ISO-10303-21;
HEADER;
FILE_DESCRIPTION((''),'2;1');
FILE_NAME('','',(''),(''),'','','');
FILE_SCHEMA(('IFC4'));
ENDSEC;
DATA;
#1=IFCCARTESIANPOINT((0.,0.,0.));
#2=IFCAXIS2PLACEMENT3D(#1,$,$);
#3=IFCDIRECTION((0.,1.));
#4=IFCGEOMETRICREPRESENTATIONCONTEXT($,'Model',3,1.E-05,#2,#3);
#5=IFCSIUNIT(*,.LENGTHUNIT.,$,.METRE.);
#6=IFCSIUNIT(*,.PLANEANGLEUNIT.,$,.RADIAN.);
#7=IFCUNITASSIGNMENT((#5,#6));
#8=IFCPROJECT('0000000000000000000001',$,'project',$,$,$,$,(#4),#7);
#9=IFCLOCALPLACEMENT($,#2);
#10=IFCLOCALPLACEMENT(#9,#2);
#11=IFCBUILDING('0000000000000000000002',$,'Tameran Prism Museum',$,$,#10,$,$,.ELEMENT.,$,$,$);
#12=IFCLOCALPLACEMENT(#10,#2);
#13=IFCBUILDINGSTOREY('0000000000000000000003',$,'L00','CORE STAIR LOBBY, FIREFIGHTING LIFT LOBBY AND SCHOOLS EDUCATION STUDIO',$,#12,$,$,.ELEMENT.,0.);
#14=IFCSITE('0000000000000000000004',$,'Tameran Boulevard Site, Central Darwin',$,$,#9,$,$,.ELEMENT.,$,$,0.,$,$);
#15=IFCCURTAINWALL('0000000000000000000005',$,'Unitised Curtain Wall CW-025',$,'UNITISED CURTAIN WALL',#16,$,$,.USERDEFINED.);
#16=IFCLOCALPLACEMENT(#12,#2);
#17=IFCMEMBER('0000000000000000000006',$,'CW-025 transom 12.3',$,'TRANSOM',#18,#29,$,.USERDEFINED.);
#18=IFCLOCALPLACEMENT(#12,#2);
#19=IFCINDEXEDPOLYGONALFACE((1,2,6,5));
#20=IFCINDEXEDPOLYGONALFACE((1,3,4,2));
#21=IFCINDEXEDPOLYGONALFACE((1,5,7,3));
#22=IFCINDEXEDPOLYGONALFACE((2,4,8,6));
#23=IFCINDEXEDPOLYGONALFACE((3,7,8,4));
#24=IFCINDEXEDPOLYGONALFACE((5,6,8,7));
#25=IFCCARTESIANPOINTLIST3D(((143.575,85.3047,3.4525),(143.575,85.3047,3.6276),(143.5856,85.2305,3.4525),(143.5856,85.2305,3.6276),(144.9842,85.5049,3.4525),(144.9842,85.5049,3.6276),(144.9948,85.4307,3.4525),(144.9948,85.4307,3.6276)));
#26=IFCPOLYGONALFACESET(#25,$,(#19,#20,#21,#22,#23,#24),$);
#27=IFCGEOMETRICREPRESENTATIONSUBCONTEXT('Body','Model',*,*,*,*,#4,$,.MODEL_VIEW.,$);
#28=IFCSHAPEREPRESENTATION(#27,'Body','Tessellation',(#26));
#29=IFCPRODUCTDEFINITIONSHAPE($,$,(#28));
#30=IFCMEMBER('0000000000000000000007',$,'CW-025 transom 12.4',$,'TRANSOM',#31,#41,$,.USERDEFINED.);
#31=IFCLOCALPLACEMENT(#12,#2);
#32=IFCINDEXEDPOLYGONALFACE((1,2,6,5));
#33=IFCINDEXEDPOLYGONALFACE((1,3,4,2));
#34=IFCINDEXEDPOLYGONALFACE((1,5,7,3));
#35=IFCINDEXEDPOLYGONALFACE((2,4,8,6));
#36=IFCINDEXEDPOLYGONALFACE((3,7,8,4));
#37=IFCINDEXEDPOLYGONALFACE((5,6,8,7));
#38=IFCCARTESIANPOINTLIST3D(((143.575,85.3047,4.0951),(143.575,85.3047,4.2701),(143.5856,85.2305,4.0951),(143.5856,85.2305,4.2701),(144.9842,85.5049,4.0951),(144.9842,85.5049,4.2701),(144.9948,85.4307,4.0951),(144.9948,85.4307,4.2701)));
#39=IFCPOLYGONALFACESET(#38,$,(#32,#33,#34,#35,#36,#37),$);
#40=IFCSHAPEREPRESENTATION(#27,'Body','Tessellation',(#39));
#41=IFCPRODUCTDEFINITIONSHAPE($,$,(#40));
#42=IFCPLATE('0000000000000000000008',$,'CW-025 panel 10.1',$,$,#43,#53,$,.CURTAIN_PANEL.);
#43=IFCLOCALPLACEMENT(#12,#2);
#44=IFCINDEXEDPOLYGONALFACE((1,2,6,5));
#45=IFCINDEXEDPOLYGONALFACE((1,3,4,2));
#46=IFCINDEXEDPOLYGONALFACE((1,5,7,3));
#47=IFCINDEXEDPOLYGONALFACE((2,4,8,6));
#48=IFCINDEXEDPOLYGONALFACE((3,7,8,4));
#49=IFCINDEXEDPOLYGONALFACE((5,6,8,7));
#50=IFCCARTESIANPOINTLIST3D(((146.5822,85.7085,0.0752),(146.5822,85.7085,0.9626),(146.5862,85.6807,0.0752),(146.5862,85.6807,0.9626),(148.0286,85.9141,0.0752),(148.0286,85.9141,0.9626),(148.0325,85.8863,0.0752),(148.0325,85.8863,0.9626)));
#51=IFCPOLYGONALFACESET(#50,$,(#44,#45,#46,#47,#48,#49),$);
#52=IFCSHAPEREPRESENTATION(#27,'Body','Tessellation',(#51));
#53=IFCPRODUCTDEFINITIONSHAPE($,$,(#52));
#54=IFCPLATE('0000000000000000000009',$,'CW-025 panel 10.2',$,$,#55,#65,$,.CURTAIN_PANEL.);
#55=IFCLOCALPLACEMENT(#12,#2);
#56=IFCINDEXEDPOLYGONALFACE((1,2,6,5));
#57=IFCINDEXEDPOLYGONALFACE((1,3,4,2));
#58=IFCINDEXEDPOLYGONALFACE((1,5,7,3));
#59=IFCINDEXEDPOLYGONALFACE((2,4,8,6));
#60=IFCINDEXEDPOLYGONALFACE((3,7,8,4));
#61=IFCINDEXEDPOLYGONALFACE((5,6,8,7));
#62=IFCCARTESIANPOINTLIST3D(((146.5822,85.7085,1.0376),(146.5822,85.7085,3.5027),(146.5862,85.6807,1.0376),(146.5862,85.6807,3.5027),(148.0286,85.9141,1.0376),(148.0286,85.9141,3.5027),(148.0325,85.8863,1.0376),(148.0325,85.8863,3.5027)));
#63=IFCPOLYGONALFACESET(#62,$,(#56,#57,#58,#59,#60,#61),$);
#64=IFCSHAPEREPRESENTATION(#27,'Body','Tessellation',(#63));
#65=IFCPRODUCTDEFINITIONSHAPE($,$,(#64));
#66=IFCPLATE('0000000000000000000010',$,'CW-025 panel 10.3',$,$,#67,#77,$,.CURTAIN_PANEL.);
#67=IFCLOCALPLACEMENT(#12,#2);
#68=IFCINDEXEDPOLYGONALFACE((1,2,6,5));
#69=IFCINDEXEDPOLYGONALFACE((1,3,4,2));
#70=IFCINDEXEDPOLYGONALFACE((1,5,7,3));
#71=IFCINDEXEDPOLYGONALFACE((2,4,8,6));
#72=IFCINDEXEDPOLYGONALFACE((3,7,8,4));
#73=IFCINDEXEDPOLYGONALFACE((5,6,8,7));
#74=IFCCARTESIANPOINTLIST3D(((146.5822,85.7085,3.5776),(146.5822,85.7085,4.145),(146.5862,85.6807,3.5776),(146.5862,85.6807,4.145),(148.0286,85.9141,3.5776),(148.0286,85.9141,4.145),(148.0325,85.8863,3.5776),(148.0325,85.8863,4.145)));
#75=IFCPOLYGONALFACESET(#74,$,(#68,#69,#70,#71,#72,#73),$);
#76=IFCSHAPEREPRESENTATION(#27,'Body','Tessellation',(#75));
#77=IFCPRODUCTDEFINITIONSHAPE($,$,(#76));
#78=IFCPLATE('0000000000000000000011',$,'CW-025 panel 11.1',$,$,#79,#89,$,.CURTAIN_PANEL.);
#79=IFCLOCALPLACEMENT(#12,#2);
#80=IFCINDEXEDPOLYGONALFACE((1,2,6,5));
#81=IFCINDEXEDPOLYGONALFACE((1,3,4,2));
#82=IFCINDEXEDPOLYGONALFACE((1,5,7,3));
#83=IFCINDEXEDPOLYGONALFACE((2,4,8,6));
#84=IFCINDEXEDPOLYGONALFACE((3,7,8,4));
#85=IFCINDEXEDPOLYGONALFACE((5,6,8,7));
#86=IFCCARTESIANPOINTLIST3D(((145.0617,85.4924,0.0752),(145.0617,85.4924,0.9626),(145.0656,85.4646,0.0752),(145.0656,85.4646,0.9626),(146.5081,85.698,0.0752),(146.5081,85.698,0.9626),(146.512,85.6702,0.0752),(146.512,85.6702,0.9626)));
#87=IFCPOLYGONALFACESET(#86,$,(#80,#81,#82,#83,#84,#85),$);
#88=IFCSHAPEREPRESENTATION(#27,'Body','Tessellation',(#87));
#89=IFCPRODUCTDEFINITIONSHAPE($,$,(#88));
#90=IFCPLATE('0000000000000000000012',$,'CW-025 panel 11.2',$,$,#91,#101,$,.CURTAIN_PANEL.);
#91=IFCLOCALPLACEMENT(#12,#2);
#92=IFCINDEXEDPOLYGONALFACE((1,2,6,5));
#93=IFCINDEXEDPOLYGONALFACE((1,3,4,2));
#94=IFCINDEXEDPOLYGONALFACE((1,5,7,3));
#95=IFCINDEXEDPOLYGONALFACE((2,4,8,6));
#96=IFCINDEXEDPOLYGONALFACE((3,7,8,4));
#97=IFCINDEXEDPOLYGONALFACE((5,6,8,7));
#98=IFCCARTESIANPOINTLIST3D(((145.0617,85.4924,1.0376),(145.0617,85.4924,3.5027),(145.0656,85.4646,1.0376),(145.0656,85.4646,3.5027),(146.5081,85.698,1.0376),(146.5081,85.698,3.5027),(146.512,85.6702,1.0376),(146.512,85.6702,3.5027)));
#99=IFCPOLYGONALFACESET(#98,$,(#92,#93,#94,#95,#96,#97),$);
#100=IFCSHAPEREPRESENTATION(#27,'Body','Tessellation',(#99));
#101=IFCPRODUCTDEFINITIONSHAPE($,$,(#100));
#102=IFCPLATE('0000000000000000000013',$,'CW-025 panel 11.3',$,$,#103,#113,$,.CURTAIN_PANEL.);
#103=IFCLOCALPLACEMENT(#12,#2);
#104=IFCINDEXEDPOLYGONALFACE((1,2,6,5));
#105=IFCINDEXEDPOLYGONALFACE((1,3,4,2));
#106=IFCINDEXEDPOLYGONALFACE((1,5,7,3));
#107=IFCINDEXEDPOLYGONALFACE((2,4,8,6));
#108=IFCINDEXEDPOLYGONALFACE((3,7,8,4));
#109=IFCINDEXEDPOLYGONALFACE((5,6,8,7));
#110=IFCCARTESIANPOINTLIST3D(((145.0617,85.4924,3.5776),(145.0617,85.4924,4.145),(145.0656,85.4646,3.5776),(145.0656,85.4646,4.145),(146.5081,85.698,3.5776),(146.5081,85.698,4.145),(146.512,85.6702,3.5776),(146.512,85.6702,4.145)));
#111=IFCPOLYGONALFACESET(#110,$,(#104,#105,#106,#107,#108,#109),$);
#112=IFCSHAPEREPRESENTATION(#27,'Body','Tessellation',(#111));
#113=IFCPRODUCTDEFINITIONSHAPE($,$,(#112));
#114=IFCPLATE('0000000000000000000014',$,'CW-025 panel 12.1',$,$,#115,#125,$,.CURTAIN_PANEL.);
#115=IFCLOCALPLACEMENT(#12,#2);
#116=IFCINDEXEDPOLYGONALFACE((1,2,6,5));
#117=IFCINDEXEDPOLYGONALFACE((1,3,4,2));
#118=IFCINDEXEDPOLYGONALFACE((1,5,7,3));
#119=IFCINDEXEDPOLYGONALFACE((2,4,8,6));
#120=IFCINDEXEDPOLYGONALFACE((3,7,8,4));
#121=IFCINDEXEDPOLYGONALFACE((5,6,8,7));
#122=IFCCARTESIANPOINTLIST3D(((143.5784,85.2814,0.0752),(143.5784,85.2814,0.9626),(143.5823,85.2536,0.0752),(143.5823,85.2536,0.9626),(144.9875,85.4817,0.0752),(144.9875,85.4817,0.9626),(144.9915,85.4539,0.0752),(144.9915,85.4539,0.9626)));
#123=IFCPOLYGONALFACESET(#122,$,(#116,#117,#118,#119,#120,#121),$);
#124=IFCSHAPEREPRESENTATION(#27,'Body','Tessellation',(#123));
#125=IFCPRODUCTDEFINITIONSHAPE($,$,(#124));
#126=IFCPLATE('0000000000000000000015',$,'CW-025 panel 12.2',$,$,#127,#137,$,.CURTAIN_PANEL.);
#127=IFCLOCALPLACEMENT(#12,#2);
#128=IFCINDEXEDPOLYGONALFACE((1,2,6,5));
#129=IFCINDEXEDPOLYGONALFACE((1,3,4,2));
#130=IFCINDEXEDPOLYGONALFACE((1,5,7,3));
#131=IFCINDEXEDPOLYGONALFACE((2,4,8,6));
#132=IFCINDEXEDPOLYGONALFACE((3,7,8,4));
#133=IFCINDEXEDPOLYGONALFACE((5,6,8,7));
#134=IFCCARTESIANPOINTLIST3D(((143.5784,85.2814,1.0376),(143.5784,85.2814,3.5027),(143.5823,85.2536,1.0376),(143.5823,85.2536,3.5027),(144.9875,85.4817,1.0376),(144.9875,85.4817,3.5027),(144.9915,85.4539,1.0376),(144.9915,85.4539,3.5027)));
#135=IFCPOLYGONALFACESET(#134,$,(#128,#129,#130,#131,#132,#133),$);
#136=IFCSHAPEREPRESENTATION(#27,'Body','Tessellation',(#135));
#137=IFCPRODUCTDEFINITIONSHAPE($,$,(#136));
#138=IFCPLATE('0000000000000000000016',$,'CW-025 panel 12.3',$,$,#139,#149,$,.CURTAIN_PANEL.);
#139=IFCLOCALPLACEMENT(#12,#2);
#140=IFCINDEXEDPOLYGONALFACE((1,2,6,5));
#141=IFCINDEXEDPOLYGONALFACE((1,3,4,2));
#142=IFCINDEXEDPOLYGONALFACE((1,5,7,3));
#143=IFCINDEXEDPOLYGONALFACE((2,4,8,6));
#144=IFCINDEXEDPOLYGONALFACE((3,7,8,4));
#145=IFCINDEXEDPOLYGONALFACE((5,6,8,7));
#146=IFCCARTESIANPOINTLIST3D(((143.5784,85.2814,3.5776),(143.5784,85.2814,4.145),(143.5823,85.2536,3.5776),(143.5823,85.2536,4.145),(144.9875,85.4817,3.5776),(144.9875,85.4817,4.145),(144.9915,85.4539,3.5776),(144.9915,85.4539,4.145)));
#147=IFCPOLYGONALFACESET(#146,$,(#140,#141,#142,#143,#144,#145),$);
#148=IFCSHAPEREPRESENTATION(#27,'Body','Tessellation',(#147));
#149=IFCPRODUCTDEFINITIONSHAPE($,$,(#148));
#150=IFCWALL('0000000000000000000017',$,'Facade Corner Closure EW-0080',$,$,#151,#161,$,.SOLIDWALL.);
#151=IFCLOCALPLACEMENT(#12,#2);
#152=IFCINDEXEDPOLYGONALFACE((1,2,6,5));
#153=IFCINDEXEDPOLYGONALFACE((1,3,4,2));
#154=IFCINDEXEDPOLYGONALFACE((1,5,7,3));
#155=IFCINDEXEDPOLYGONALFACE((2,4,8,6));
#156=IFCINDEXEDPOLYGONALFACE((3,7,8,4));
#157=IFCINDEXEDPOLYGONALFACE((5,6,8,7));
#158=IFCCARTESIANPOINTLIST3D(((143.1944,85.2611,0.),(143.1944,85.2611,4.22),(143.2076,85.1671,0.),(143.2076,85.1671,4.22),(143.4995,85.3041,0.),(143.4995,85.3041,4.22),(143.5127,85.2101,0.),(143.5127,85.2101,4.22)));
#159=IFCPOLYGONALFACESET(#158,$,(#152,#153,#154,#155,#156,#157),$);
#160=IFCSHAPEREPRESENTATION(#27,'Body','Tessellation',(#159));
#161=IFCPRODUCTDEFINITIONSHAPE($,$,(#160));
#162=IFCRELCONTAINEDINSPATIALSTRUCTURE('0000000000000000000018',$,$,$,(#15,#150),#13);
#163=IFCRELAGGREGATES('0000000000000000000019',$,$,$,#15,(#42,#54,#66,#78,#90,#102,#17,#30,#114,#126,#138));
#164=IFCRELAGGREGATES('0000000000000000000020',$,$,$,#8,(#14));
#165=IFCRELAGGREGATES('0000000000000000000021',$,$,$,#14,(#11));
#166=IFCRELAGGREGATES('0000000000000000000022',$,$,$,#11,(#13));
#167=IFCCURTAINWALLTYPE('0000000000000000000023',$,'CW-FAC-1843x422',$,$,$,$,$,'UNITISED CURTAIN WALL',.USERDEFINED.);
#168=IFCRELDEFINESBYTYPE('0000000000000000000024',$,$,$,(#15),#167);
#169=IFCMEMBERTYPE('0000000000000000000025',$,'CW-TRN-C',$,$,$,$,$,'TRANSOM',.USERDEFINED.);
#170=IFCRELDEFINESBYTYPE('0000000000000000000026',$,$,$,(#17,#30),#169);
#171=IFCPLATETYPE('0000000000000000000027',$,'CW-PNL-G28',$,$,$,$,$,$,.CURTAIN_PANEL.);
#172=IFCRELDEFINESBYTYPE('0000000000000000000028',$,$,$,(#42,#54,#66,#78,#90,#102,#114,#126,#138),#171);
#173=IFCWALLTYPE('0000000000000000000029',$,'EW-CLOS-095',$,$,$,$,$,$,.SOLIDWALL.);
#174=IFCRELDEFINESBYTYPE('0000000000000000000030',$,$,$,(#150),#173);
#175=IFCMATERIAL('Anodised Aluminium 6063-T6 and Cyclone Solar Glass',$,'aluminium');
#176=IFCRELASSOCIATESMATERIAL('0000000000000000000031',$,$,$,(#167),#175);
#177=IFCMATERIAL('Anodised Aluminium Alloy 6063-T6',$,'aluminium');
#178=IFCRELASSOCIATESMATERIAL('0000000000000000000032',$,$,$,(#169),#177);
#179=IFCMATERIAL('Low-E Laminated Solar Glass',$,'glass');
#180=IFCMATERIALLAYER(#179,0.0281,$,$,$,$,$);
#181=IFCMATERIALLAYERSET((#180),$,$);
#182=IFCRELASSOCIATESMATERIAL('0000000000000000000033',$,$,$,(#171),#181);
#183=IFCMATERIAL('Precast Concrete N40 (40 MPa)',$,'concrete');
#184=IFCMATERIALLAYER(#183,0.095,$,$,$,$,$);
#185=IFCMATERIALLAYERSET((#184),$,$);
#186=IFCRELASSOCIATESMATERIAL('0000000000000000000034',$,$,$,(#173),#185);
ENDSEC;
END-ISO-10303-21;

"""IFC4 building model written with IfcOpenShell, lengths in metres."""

from ifc_helpers import new_model, si_unit, direction, frame, frame_2d, origin, origin_2d, place, context, subcontext, project, spatial, rectangle, extrude, material, layer, layer_set, material_profile, profile_set, type_object, element, aggregate, save


model = new_model("IFC4")

# Units and contexts
model_context = context("Model", 3, precision=1e-05, world=origin(), true_north=direction((0.0, 1.0)))
body_context = subcontext(model_context, "Body", "Model", "MODEL_VIEW")
ifc_project = project(units=[si_unit("LENGTHUNIT", "METRE"), si_unit("PLANEANGLEUNIT", "RADIAN")], contexts=[model_context])

# Site, building, storey
site_placement = place(None, origin())
site = spatial("IfcSite", under=ifc_project, at=site_placement, Name="Tameran Boulevard Site, Central Darwin", CompositionType="ELEMENT", RefElevation=0.0)
building_placement = place(site_placement, origin())
building = spatial("IfcBuilding", under=site, at=building_placement, Name="Tameran Prism Museum", CompositionType="ELEMENT")
storey_placement = place(building_placement, origin())
storey = spatial("IfcBuildingStorey", under=building, at=storey_placement, Name="L00", Description="CORE STAIR LOBBY, FIREFIGHTING LIFT LOBBY AND SCHOOLS EDUCATION STUDIO", CompositionType="ELEMENT", Elevation=0.0)

# Curtain wall, members, plates
ifc_material_1 = material(Name="Anodised Aluminium 6063-T6 and Cyclone Solar Glass", Category="aluminium")
curtain_wall_type = type_object("IfcCurtainWallType", Name="CW-FAC-1843x422", ElementType="UNITISED CURTAIN WALL", PredefinedType="USERDEFINED", material=ifc_material_1)
curtain_wall_placement = place(storey_placement, origin())
curtain_wall = element("IfcCurtainWall", 1, at=curtain_wall_placement, inside=storey, type_object=curtain_wall_type, Name="Unitised Curtain Wall CW-025", ObjectType="UNITISED CURTAIN WALL", PredefinedType="USERDEFINED")
ifc_material_2 = material(Name="Anodised Aluminium Alloy 6063-T6", Category="aluminium")
ifc_material_profile_1 = material_profile(ifc_material_2, rectangle(XDim=0.075, YDim=0.175, at=origin_2d()))
ifc_profile_set_1 = profile_set([ifc_material_profile_1])
member_type_1 = type_object("IfcMemberType", Name="CW-TRN-C", ElementType="TRANSOM", PredefinedType="USERDEFINED", material=ifc_profile_set_1)
member_1_placement = place(storey_placement, frame((144.9895, 85.4678, 3.54), z_axis=(-0.990059, -0.140653, 0.0), x_axis=(0.140653, -0.990059, 0.0)))
member_1 = element("IfcMember", 2, at=member_1_placement, type_object=member_type_1, Name="CW-025 transom 12.3", ObjectType="TRANSOM", PredefinedType="USERDEFINED", context=body_context, shape_type="SweptSolid", body=[
    extrude(rectangle(XDim=0.075, YDim=0.175, at=origin_2d()), origin(), (0.0, 0.0, 1.0), 1.4233),
])
member_2_placement = place(storey_placement, frame((144.9895, 85.4678, 4.1826), z_axis=(-0.990059, -0.140653, 0.0), x_axis=(0.140653, -0.990059, 0.0)))
member_2 = element("IfcMember", 3, at=member_2_placement, type_object=member_type_1, Name="CW-025 transom 12.4", ObjectType="TRANSOM", PredefinedType="USERDEFINED", context=body_context, shape_type="SweptSolid", body=[
    extrude(rectangle(XDim=0.075, YDim=0.175, at=origin_2d()), origin(), (0.0, 0.0, 1.0), 1.4233),
])
ifc_material_3 = material(Name="Low-E Laminated Solar Glass", Category="glass")
ifc_layer_1 = layer(ifc_material_3, 0.0281)
ifc_layer_set_1 = layer_set([ifc_layer_1])
plate_type = type_object("IfcPlateType", Name="CW-PNL-G28", PredefinedType="CURTAIN_PANEL", material=ifc_layer_set_1)
plate_1_placement = place(storey_placement, frame((147.3074, 85.7974, 0.0752), z_axis=(0.0, 0.0, 1.0), x_axis=(-0.990046, -0.140745, 0.0)))
plate_1 = element("IfcPlate", 4, at=plate_1_placement, type_object=plate_type, Name="CW-025 panel 10.1", PredefinedType="CURTAIN_PANEL", context=body_context, shape_type="SweptSolid", body=[
    extrude(rectangle(XDim=1.4609, YDim=0.0281, at=origin_2d()), origin(), (0.0, 0.0, 1.0), 0.8875),
])
plate_2_placement = place(storey_placement, frame((147.3074, 85.7974, 1.0376), z_axis=(0.0, 0.0, 1.0), x_axis=(-0.990046, -0.140745, 0.0)))
plate_2 = element("IfcPlate", 5, at=plate_2_placement, type_object=plate_type, Name="CW-025 panel 10.2", PredefinedType="CURTAIN_PANEL", context=body_context, shape_type="SweptSolid", body=[
    extrude(rectangle(XDim=1.4609, YDim=0.0281, at=origin_2d()), origin(), (0.0, 0.0, 1.0), 2.4651),
])
plate_3_placement = place(storey_placement, frame((147.3074, 85.7974, 3.5776), z_axis=(0.0, 0.0, 1.0), x_axis=(-0.990046, -0.140745, 0.0)))
plate_3 = element("IfcPlate", 6, at=plate_3_placement, type_object=plate_type, Name="CW-025 panel 10.3", PredefinedType="CURTAIN_PANEL", context=body_context, shape_type="SweptSolid", body=[
    extrude(rectangle(XDim=1.4609, YDim=0.0281, at=origin_2d()), origin(), (0.0, 0.0, 1.0), 0.5674),
])
plate_4_placement = place(storey_placement, frame((145.7869, 85.5813, 0.0752), z_axis=(0.0, 0.0, 1.0), x_axis=(-0.990046, -0.140745, 0.0)))
plate_4 = element("IfcPlate", 7, at=plate_4_placement, type_object=plate_type, Name="CW-025 panel 11.1", PredefinedType="CURTAIN_PANEL", context=body_context, shape_type="SweptSolid", body=[
    extrude(rectangle(XDim=1.4609, YDim=0.0281, at=origin_2d()), origin(), (0.0, 0.0, 1.0), 0.8875),
])
plate_5_placement = place(storey_placement, frame((145.7869, 85.5813, 1.0376), z_axis=(0.0, 0.0, 1.0), x_axis=(-0.990046, -0.140745, 0.0)))
plate_5 = element("IfcPlate", 8, at=plate_5_placement, type_object=plate_type, Name="CW-025 panel 11.2", PredefinedType="CURTAIN_PANEL", context=body_context, shape_type="SweptSolid", body=[
    extrude(rectangle(XDim=1.4609, YDim=0.0281, at=origin_2d()), origin(), (0.0, 0.0, 1.0), 2.4651),
])
plate_6_placement = place(storey_placement, frame((145.7869, 85.5813, 3.5776), z_axis=(0.0, 0.0, 1.0), x_axis=(-0.990046, -0.140745, 0.0)))
plate_6 = element("IfcPlate", 9, at=plate_6_placement, type_object=plate_type, Name="CW-025 panel 11.3", PredefinedType="CURTAIN_PANEL", context=body_context, shape_type="SweptSolid", body=[
    extrude(rectangle(XDim=1.4609, YDim=0.0281, at=origin_2d()), origin(), (0.0, 0.0, 1.0), 0.5674),
])
plate_7_placement = place(storey_placement, frame((144.2849, 85.3677, 0.0752), z_axis=(0.0, 0.0, 1.0), x_axis=(-0.990046, -0.140745, 0.0)))
plate_7 = element("IfcPlate", 10, at=plate_7_placement, type_object=plate_type, Name="CW-025 panel 12.1", PredefinedType="CURTAIN_PANEL", context=body_context, shape_type="SweptSolid", body=[
    extrude(rectangle(XDim=1.4233, YDim=0.0281, at=origin_2d()), origin(), (0.0, 0.0, 1.0), 0.8875),
])
plate_8_placement = place(storey_placement, frame((144.2849, 85.3677, 1.0376), z_axis=(0.0, 0.0, 1.0), x_axis=(-0.990046, -0.140745, 0.0)))
plate_8 = element("IfcPlate", 11, at=plate_8_placement, type_object=plate_type, Name="CW-025 panel 12.2", PredefinedType="CURTAIN_PANEL", context=body_context, shape_type="SweptSolid", body=[
    extrude(rectangle(XDim=1.4233, YDim=0.0281, at=origin_2d()), origin(), (0.0, 0.0, 1.0), 2.4651),
])
plate_9_placement = place(storey_placement, frame((144.2849, 85.3677, 3.5776), z_axis=(0.0, 0.0, 1.0), x_axis=(-0.990046, -0.140745, 0.0)))
plate_9 = element("IfcPlate", 12, at=plate_9_placement, type_object=plate_type, Name="CW-025 panel 12.3", PredefinedType="CURTAIN_PANEL", context=body_context, shape_type="SweptSolid", body=[
    extrude(rectangle(XDim=1.4233, YDim=0.0281, at=origin_2d()), origin(), (0.0, 0.0, 1.0), 0.5674),
])
aggregate(curtain_wall, [plate_1, plate_2, plate_3, plate_4, plate_5, plate_6, member_1, member_2, plate_7, plate_8, plate_9])

# Wall
ifc_material_4 = material(Name="Precast Concrete N40 (40 MPa)", Category="concrete")
ifc_layer_2 = layer(ifc_material_4, 0.095)
ifc_layer_set_2 = layer_set([ifc_layer_2])
wall_type_1 = type_object("IfcWallType", Name="EW-CLOS-095", PredefinedType="SOLIDWALL", material=ifc_layer_set_2)
wall_1_placement = place(storey_placement, frame((143.5061, 85.2571, 0.0), z_axis=(0.0, 0.0, 1.0), x_axis=(-0.990233, -0.139425, 0.0)))
element("IfcWall", 13, at=wall_1_placement, inside=storey, type_object=wall_type_1, Name="Facade Corner Closure EW-0080", PredefinedType="SOLIDWALL", context=body_context, shape_type="SweptSolid", body=[
    extrude(rectangle(XDim=0.3081, YDim=0.095, at=frame_2d((0.1541, 0.0))), origin(), (0.0, 0.0, 1.0), 4.22),
])

save(model, "model.ifc")
